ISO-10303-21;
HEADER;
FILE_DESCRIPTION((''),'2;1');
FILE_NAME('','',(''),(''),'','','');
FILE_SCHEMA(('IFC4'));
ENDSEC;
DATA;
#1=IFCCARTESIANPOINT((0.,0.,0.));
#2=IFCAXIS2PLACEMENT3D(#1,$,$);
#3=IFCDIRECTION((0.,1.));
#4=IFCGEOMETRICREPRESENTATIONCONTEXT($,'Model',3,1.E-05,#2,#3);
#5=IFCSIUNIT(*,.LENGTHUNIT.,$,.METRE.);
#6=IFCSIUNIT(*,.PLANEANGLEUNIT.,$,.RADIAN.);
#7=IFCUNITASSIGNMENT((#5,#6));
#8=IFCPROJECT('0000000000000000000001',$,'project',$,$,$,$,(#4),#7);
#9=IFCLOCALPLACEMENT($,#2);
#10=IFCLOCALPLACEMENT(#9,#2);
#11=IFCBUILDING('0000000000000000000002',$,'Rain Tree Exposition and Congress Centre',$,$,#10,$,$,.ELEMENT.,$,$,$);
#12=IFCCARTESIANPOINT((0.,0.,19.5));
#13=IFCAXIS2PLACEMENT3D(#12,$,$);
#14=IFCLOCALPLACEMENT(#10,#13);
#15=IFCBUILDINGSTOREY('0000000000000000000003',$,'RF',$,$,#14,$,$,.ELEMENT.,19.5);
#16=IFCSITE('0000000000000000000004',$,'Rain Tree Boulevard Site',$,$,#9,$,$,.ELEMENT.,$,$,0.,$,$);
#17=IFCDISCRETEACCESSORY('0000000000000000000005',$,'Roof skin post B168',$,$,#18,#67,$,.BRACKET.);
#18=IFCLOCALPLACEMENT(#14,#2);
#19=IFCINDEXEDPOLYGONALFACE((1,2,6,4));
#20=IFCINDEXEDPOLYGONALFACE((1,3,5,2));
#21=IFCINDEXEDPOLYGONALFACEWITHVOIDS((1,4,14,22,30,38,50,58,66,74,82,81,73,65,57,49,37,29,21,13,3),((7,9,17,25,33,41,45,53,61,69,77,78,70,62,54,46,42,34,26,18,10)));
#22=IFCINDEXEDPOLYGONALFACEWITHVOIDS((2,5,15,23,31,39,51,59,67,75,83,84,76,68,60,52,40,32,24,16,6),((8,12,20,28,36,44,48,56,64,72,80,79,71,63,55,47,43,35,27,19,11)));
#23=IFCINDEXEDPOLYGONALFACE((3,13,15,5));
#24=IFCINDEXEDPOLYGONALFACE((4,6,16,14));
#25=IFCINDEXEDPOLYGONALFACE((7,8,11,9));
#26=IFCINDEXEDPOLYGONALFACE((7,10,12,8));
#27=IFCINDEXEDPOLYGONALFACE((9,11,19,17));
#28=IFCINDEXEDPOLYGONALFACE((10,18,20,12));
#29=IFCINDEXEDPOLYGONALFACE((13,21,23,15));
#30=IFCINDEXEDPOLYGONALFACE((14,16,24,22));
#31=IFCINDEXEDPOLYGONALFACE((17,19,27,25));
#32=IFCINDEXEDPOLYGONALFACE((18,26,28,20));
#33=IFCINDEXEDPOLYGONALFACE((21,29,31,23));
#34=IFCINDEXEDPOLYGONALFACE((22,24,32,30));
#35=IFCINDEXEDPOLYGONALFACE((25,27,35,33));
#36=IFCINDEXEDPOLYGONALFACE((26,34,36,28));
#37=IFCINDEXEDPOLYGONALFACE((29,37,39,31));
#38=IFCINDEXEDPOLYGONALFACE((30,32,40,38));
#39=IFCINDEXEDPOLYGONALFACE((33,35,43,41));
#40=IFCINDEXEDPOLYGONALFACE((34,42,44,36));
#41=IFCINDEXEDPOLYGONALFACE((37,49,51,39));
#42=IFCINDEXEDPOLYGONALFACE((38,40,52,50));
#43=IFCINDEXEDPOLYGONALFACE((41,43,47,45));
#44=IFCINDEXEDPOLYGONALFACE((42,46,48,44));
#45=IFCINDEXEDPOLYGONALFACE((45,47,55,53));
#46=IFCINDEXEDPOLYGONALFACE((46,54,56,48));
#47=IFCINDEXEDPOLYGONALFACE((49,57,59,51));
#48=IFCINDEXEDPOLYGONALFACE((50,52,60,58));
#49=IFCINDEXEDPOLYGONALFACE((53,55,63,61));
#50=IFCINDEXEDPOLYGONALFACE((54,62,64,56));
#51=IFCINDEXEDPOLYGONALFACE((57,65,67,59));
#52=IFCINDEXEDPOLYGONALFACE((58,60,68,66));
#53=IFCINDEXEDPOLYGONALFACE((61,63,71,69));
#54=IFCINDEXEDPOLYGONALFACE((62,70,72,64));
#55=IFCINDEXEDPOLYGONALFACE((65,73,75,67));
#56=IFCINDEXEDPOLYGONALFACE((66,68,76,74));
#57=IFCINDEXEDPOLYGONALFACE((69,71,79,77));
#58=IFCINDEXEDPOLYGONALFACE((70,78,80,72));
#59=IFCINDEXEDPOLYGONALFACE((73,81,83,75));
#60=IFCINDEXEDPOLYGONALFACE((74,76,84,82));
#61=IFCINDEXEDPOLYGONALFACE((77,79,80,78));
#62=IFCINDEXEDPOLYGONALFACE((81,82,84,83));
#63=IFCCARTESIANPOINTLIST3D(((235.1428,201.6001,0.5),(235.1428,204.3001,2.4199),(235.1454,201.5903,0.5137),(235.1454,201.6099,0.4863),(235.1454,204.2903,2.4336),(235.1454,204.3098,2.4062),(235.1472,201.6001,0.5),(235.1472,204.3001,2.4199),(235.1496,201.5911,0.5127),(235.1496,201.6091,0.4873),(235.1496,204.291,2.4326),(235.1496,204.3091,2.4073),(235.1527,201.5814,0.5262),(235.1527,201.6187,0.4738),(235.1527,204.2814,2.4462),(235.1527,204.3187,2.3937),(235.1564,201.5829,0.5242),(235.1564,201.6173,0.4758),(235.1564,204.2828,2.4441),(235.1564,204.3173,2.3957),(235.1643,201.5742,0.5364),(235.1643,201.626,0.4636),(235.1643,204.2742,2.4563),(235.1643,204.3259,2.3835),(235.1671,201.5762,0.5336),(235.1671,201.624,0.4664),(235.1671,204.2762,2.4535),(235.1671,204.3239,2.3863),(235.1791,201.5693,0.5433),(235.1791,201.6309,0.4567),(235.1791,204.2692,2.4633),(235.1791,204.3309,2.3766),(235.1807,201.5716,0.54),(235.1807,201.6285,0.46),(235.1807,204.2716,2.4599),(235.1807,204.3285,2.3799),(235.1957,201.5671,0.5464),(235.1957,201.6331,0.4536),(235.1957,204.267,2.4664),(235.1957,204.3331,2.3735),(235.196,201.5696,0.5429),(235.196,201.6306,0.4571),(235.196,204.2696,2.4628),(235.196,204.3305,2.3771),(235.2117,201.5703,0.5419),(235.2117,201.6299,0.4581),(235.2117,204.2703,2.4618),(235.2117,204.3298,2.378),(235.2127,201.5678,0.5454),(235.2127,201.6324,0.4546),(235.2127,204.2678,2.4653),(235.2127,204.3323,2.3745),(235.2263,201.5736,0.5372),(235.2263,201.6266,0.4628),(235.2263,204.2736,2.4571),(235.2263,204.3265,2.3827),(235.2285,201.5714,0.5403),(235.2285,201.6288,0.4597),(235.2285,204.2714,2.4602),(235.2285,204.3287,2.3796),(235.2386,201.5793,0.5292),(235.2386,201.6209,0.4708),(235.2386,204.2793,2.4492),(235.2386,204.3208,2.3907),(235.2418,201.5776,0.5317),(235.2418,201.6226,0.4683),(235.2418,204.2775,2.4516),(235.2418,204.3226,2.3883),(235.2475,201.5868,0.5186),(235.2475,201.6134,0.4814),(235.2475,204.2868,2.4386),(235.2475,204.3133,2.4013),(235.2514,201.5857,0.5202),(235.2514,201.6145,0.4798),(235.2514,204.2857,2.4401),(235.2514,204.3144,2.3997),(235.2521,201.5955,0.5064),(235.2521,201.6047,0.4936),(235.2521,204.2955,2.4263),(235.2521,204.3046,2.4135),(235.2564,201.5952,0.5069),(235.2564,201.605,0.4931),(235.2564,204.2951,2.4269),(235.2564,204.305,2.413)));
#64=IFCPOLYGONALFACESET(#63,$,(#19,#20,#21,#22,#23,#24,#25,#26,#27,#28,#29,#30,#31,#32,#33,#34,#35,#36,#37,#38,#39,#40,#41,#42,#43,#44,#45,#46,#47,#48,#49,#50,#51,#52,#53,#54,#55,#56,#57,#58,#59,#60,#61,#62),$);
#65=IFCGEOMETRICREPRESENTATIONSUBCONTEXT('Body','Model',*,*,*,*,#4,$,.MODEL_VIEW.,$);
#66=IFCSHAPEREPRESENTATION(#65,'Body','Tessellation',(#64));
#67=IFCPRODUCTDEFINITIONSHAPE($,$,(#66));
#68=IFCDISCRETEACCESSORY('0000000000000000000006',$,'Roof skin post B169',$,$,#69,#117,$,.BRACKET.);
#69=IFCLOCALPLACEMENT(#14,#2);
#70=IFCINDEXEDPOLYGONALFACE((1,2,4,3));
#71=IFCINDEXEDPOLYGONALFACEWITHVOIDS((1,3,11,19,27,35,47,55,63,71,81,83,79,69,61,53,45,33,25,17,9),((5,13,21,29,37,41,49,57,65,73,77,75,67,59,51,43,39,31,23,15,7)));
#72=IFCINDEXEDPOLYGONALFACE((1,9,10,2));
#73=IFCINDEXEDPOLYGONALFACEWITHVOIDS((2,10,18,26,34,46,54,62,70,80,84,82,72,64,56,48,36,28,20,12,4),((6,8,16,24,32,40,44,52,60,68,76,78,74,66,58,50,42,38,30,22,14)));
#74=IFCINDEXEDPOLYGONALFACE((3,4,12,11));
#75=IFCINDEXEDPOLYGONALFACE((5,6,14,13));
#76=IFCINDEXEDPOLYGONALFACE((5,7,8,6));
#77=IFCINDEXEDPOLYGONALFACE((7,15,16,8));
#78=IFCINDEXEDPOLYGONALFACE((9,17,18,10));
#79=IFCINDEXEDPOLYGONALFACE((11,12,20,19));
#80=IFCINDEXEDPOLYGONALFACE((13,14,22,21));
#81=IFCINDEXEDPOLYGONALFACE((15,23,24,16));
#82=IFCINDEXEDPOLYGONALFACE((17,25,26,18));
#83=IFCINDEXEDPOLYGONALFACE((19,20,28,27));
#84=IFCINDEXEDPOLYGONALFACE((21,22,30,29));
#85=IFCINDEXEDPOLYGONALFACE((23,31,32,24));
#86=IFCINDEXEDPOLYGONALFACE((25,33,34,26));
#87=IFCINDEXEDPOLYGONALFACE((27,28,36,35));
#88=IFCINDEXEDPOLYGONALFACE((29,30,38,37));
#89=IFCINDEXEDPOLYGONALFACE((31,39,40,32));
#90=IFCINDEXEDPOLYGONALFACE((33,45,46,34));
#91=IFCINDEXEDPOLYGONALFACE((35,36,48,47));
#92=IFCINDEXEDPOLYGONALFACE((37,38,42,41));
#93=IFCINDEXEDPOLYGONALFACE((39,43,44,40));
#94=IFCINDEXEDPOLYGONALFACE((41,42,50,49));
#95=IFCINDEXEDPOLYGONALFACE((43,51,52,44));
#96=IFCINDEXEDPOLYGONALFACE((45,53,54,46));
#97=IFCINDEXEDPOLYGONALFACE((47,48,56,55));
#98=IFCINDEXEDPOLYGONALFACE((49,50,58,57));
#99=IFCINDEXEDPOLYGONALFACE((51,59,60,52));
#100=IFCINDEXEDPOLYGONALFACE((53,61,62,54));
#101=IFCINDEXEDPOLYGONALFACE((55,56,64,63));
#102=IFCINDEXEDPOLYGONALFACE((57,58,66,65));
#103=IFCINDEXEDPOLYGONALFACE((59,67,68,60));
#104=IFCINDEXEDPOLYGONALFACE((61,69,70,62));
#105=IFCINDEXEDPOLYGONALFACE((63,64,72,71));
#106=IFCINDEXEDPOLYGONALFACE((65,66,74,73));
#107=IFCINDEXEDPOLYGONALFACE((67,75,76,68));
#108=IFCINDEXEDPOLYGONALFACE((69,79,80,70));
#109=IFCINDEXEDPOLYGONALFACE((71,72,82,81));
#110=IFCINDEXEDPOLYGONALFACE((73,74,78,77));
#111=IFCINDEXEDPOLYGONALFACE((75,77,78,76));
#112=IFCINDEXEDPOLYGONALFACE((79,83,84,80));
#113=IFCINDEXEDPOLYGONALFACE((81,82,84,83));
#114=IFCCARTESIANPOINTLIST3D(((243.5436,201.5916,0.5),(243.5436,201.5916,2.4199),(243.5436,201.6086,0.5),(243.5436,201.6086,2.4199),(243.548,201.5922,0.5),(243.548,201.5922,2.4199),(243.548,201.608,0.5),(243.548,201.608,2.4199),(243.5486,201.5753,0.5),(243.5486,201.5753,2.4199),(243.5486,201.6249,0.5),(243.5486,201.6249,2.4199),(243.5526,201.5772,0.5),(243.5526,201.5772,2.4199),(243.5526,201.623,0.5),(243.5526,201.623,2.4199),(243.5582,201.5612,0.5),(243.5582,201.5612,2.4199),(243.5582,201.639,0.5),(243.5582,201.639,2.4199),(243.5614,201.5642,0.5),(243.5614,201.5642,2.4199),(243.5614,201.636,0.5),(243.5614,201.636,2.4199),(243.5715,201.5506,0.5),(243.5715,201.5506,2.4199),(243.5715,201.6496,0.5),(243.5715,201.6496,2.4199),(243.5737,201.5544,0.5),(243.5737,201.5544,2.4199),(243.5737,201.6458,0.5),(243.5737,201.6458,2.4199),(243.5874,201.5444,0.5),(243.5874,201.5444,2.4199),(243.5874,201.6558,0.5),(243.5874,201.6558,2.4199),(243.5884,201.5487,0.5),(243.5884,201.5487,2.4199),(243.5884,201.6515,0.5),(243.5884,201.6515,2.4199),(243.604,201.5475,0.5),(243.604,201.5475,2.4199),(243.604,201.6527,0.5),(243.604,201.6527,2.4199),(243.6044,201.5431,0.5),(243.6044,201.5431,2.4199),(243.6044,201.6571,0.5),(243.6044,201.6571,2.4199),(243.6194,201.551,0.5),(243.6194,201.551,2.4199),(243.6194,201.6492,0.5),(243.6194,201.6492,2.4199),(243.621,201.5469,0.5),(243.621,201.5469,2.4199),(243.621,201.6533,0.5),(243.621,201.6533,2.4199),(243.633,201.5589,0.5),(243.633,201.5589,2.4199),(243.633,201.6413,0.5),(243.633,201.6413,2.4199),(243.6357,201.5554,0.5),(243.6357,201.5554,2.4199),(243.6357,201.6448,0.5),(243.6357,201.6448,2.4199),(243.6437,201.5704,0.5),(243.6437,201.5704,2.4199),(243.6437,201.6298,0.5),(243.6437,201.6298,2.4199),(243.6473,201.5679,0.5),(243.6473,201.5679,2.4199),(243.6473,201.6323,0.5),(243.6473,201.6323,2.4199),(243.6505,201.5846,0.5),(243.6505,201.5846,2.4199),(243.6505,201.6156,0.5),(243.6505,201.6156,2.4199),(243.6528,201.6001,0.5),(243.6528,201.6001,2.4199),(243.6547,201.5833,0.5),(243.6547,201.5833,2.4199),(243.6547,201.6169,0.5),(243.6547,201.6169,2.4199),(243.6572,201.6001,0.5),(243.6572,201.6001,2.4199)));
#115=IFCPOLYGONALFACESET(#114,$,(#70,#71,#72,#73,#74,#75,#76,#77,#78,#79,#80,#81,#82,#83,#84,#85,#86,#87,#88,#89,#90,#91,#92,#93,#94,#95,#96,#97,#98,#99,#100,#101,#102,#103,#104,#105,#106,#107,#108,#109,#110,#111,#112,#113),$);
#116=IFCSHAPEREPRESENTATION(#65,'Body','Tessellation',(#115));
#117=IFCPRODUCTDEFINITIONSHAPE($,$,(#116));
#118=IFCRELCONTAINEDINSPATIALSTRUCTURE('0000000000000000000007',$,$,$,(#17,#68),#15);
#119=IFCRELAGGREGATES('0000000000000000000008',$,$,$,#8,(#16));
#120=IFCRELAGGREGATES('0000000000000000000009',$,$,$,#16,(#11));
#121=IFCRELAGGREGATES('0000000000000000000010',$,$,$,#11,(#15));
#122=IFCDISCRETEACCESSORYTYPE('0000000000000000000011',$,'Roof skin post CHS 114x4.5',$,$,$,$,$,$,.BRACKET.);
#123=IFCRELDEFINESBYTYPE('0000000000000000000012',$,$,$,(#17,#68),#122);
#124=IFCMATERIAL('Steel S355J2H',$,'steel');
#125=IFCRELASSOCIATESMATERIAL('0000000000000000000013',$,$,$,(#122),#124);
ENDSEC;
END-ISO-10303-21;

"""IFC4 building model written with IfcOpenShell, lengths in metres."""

from ifc_helpers import new_model, si_unit, direction, frame, origin, origin_2d, place, context, subcontext, project, spatial, hollow_circle, extrude, material, material_profile, profile_set, type_object, element, save


model = new_model("IFC4")

# Units and contexts
model_context = context("Model", 3, precision=1e-05, world=origin(), true_north=direction((0.0, 1.0)))
body_context = subcontext(model_context, "Body", "Model", "MODEL_VIEW")
ifc_project = project(units=[si_unit("LENGTHUNIT", "METRE"), si_unit("PLANEANGLEUNIT", "RADIAN")], contexts=[model_context])

# Site, building, storey
site_placement = place(None, origin())
site = spatial("IfcSite", under=ifc_project, at=site_placement, Name="Rain Tree Boulevard Site", CompositionType="ELEMENT", RefElevation=0.0)
building_placement = place(site_placement, origin())
building = spatial("IfcBuilding", under=site, at=building_placement, Name="Rain Tree Exposition and Congress Centre", CompositionType="ELEMENT")
storey_placement = place(building_placement, frame((0.0, 0.0, 19.5)))
storey = spatial("IfcBuildingStorey", under=building, at=storey_placement, Name="RF", CompositionType="ELEMENT", Elevation=19.5)

# Discrete accessories
ifc_material_1 = material(Name="Steel S355J2H", Category="steel")
ifc_material_profile_1 = material_profile(ifc_material_1, hollow_circle(Radius=0.0571, WallThickness=0.0044, at=origin_2d()), Name="CHS 114x4.5")
ifc_profile_set_1 = profile_set([ifc_material_profile_1], Name="Steel S355J2H")
discrete_accessory_type_1 = type_object("IfcDiscreteAccessoryType", Name="Roof skin post CHS 114x4.5", PredefinedType="BRACKET", material=ifc_profile_set_1)
discrete_accessory_1_placement = place(storey_placement, frame((235.2, 201.6001, 0.5), z_axis=(0.0, 0.814962, 0.579515), x_axis=(-1.0, 0.0, 0.0)))
element("IfcDiscreteAccessory", 1, at=discrete_accessory_1_placement, inside=storey, type_object=discrete_accessory_type_1, Name="Roof skin post B168", PredefinedType="BRACKET", context=body_context, shape_type="SweptSolid", body=[
    extrude(hollow_circle(Radius=0.0571, WallThickness=0.0044, at=origin_2d()), origin(), (0.0, 0.0, 1.0), 3.313),
])
discrete_accessory_2_placement = place(storey_placement, frame((243.6001, 201.6001, 0.5), z_axis=(0.0, 0.0, 1.0), x_axis=(1.0, 0.0, 0.0)))
element("IfcDiscreteAccessory", 2, at=discrete_accessory_2_placement, inside=storey, type_object=discrete_accessory_type_1, Name="Roof skin post B169", PredefinedType="BRACKET", context=body_context, shape_type="SweptSolid", body=[
    extrude(hollow_circle(Radius=0.0571, WallThickness=0.0044, at=origin_2d()), origin(), (0.0, 0.0, 1.0), 1.9199),
])

save(model, "model.ifc")
